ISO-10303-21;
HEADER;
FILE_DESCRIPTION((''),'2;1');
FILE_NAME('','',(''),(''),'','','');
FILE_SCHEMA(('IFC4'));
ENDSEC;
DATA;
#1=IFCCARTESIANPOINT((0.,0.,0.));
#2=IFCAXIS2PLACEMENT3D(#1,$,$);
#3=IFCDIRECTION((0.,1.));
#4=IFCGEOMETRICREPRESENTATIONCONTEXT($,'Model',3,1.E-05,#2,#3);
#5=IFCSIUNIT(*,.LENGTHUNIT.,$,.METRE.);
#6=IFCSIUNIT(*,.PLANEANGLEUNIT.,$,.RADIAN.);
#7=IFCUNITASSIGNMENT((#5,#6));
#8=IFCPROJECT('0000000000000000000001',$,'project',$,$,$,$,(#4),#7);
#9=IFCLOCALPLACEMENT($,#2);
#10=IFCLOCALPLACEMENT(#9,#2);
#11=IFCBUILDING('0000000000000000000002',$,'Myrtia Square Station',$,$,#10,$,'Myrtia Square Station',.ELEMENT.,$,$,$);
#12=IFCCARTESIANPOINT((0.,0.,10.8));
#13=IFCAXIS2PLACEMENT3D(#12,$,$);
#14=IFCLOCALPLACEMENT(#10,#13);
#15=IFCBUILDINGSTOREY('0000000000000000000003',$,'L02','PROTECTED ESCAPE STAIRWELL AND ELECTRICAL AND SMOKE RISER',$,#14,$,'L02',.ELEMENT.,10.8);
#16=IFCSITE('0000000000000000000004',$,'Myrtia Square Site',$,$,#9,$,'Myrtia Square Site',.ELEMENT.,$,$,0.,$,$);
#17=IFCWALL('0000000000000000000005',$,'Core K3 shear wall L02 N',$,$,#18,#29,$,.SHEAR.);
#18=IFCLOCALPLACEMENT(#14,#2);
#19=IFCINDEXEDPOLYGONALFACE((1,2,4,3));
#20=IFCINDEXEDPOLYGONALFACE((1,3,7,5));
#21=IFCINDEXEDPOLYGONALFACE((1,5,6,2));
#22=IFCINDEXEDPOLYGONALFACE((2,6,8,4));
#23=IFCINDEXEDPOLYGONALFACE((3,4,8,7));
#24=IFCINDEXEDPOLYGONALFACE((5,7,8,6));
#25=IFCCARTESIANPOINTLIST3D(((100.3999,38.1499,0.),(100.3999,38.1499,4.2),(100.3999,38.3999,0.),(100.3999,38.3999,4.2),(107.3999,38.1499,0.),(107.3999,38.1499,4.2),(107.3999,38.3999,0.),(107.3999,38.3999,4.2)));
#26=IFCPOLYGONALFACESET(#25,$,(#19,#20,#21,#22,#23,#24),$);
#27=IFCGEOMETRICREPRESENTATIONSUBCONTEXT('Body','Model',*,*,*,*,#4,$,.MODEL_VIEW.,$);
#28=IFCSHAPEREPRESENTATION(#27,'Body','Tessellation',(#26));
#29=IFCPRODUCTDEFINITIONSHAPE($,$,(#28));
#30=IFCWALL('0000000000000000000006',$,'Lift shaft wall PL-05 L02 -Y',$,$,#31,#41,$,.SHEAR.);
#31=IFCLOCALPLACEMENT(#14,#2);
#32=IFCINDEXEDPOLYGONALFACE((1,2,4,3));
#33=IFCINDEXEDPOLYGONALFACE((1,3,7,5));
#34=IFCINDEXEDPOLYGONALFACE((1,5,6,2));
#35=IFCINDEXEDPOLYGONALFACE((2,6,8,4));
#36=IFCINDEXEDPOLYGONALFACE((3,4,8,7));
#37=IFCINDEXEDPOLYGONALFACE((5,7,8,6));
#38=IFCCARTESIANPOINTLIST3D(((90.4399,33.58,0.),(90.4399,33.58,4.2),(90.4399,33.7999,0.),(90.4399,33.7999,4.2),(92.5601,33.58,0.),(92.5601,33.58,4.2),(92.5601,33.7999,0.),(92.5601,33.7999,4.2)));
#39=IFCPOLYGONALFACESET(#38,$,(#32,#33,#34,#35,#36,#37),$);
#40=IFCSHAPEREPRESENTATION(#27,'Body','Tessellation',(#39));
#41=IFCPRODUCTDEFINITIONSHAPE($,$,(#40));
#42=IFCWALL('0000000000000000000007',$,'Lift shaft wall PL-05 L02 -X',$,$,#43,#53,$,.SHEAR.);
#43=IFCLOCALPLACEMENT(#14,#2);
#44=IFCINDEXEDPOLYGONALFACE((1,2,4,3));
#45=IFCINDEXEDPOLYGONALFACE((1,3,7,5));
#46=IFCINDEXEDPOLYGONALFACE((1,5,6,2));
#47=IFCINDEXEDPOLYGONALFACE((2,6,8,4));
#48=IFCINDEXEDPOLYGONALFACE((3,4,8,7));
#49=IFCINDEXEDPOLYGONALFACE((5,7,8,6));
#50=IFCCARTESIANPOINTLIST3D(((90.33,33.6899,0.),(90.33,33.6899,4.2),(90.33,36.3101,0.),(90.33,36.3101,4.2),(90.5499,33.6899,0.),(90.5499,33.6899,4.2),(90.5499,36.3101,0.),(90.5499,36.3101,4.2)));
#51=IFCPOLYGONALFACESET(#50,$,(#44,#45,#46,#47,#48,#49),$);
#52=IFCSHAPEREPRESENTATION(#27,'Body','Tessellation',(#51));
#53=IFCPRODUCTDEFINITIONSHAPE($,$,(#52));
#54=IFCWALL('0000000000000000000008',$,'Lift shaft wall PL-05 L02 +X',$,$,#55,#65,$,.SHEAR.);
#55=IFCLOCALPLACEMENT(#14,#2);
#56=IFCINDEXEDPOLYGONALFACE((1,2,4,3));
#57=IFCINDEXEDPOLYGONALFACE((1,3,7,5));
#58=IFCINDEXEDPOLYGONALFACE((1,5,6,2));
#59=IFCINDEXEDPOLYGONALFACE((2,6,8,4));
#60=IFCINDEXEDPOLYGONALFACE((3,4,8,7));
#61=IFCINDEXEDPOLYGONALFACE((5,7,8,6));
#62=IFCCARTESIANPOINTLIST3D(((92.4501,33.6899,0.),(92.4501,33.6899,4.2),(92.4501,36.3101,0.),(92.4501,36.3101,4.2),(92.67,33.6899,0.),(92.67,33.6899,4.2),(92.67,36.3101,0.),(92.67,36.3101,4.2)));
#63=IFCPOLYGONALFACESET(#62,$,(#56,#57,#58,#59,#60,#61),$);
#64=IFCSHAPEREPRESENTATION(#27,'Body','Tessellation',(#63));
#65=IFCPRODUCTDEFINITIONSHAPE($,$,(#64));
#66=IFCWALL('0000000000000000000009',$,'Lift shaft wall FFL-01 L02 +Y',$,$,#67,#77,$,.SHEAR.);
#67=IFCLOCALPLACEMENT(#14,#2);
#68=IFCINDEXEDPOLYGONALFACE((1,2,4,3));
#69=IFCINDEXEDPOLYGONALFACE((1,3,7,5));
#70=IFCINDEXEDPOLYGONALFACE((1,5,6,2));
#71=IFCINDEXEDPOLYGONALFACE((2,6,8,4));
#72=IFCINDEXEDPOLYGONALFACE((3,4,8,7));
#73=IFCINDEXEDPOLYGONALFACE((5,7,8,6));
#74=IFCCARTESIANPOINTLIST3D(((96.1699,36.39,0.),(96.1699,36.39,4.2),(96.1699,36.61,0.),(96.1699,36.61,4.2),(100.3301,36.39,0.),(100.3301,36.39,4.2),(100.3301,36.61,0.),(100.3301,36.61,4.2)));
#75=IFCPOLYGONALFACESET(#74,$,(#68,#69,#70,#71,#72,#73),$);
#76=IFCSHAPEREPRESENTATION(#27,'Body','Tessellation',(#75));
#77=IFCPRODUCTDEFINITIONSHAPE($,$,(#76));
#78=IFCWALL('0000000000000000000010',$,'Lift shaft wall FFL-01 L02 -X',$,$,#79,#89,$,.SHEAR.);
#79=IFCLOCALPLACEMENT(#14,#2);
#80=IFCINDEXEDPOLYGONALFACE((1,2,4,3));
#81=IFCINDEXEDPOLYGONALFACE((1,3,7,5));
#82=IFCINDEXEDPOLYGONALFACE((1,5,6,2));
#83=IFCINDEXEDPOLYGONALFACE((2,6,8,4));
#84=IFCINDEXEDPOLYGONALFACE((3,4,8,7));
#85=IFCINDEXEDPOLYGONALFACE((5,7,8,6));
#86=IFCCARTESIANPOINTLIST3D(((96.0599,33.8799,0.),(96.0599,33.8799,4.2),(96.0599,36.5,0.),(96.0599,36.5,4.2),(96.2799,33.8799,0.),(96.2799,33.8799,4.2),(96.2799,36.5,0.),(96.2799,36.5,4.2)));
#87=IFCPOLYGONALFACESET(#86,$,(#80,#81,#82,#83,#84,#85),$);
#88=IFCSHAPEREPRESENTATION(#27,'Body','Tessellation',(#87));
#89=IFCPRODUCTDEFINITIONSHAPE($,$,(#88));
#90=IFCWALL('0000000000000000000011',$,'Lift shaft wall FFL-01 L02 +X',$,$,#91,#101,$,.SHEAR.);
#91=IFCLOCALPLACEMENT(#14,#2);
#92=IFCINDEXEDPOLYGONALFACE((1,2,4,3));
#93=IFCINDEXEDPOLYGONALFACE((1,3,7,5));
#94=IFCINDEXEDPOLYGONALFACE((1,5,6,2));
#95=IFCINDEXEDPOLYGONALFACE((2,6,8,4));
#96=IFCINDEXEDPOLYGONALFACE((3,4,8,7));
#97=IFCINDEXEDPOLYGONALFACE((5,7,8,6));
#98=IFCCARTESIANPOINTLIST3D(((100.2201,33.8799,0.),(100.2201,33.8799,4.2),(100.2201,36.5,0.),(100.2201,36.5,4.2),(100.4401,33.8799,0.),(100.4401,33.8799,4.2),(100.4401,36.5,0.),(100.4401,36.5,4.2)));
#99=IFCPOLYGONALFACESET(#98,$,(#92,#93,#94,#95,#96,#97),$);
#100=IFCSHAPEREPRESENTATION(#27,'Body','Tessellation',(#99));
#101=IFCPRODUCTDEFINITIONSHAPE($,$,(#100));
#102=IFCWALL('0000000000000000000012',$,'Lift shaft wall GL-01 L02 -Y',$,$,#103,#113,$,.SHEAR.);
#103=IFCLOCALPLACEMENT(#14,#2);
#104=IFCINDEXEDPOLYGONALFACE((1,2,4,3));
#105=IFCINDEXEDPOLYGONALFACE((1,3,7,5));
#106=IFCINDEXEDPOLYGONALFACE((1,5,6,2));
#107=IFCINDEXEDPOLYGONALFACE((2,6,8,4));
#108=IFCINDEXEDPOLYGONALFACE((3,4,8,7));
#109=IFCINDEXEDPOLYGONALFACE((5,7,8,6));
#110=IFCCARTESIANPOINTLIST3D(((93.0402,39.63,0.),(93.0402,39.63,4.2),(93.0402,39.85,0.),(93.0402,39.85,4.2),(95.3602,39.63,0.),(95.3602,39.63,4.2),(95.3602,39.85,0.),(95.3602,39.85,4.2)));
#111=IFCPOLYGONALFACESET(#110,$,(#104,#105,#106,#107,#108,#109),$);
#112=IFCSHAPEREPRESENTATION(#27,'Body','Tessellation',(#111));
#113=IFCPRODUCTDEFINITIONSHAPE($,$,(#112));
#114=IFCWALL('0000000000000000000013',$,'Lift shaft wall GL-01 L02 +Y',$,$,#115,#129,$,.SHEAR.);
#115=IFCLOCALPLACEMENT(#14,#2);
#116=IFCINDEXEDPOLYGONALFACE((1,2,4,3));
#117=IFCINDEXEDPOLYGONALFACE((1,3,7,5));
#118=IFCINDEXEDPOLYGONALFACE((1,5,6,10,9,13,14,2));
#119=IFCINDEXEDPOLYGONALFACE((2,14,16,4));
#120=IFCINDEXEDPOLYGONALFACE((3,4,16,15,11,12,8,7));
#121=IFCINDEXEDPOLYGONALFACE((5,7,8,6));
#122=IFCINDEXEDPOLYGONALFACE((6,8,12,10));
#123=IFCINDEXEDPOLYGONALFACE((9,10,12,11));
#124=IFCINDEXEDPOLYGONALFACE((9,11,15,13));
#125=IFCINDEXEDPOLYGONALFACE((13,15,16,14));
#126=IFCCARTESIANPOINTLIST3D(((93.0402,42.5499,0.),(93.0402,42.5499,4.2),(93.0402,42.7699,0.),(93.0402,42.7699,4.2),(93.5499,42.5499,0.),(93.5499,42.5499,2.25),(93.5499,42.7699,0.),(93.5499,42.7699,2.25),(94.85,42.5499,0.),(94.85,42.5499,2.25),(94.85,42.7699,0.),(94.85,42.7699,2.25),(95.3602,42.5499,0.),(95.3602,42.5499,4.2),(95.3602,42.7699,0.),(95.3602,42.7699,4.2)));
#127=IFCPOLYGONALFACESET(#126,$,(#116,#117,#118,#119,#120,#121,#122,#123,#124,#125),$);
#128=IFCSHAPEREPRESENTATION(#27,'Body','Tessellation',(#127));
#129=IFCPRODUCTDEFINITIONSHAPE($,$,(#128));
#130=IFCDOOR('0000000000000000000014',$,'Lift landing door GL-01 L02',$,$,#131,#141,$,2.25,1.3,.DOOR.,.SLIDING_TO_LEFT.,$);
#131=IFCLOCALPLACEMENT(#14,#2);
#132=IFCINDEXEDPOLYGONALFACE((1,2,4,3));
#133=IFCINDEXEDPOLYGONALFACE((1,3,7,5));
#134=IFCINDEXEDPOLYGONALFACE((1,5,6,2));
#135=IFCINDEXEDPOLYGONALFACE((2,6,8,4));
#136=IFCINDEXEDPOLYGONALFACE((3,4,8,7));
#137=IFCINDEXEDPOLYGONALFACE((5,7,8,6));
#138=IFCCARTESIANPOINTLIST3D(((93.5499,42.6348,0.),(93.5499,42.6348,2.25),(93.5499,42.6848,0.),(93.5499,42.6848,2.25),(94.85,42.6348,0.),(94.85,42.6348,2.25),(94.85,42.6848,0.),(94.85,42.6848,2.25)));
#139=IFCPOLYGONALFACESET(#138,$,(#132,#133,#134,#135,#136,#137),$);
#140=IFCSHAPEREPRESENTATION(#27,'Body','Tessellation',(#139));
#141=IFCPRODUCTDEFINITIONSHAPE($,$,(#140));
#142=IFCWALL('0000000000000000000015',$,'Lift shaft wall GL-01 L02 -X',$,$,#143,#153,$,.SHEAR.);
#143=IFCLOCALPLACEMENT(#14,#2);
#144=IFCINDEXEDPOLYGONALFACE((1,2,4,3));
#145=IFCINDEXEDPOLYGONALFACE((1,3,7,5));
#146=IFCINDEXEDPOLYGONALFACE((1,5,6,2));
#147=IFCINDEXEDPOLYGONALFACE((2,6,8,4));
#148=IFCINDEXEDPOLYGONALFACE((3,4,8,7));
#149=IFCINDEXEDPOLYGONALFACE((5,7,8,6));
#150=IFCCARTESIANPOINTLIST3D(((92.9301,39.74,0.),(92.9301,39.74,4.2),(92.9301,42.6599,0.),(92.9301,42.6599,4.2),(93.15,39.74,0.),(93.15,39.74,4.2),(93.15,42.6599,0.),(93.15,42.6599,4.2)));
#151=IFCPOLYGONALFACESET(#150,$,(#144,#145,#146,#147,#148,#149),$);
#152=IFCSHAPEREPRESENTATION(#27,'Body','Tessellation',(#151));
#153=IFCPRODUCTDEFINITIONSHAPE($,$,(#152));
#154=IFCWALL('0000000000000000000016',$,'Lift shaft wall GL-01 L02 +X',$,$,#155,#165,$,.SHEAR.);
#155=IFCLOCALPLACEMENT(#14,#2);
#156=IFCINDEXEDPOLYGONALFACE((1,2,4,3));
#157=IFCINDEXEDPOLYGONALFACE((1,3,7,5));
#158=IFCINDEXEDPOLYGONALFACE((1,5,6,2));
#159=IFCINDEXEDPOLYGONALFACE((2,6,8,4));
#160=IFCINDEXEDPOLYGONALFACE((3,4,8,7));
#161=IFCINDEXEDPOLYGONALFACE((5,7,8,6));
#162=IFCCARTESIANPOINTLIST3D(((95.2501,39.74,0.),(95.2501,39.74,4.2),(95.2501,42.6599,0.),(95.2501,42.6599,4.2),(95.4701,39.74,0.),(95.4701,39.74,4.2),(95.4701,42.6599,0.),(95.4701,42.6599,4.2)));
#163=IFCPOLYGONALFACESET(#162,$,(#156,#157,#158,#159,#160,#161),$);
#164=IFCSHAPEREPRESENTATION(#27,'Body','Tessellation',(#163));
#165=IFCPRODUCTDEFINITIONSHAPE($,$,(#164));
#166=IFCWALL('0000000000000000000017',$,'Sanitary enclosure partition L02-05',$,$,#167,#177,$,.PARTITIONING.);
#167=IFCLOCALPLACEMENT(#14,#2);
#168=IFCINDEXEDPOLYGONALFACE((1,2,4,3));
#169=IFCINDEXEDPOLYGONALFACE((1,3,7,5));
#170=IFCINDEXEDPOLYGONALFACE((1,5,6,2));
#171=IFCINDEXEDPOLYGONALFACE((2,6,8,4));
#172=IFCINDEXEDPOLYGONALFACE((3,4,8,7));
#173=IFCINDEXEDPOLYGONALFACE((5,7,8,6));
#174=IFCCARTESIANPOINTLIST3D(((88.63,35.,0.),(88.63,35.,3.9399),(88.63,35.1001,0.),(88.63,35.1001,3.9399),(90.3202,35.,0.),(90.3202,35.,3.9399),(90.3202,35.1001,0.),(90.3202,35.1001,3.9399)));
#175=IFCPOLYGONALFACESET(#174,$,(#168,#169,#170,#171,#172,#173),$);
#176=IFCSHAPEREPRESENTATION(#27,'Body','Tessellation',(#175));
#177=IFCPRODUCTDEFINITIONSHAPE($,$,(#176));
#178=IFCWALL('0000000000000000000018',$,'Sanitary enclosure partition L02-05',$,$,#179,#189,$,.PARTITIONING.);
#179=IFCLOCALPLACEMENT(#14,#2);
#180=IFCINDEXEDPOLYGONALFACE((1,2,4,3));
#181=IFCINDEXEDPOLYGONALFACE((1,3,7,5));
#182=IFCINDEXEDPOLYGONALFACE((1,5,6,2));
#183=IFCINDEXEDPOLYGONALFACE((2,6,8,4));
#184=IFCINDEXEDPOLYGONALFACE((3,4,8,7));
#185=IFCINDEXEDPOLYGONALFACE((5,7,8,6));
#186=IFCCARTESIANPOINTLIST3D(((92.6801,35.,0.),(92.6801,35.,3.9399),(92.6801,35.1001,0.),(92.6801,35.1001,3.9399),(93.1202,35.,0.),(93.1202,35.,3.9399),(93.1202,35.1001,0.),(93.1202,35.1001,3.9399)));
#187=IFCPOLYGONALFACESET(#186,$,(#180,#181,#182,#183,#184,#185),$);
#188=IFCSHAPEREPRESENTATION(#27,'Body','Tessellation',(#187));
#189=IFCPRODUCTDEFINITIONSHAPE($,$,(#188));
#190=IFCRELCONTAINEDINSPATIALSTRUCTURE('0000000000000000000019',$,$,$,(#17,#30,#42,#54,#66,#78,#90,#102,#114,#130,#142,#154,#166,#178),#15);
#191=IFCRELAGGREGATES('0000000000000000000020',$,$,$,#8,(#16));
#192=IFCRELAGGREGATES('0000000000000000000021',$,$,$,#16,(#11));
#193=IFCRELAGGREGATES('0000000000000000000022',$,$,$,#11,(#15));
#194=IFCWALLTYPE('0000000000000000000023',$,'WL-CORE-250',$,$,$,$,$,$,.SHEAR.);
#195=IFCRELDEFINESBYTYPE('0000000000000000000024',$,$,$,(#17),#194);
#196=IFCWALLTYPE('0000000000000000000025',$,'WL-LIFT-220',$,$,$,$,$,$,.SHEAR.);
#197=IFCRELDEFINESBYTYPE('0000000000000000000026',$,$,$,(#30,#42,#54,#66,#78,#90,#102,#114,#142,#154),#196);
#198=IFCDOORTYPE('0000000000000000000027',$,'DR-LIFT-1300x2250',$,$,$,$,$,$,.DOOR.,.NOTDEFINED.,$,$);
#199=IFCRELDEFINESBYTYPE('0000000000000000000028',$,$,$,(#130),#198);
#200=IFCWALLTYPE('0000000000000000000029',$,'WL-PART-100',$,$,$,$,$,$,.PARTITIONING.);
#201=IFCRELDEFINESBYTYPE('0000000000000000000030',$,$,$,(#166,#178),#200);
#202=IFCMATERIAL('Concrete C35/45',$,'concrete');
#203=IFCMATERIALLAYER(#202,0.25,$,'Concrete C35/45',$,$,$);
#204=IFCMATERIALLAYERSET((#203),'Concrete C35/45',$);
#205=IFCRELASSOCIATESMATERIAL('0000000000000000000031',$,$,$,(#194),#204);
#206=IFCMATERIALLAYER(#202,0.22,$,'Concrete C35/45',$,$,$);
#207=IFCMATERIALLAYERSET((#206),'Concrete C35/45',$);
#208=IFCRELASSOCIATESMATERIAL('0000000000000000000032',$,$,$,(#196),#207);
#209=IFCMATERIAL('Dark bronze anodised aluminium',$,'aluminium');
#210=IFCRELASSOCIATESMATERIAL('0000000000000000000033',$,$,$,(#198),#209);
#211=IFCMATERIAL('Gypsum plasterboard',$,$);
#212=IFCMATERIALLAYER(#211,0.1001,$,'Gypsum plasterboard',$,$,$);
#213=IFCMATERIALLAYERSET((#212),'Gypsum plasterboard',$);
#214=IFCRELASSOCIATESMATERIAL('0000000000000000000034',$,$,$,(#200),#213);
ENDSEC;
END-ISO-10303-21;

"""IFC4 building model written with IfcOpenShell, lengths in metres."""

from ifc_helpers import new_model, si_unit, direction, frame, frame_2d, origin, place, context, subcontext, project, spatial, rectangle, extrude, material, layer, layer_set, type_object, element, fill, save


model = new_model("IFC4")

# Units and contexts
model_context = context("Model", 3, precision=1e-05, world=origin(), true_north=direction((0.0, 1.0)))
body_context = subcontext(model_context, "Body", "Model", "MODEL_VIEW")
ifc_project = project(units=[si_unit("LENGTHUNIT", "METRE"), si_unit("PLANEANGLEUNIT", "RADIAN")], contexts=[model_context])

# Site, building, storey
site_placement = place(None, origin())
site = spatial("IfcSite", under=ifc_project, at=site_placement, Name="Myrtia Square Site", LongName="Myrtia Square Site", CompositionType="ELEMENT", RefElevation=0.0)
building_placement = place(site_placement, origin())
building = spatial("IfcBuilding", under=site, at=building_placement, Name="Myrtia Square Station", LongName="Myrtia Square Station", CompositionType="ELEMENT")
storey_placement = place(building_placement, frame((0.0, 0.0, 10.8)))
storey = spatial("IfcBuildingStorey", under=building, at=storey_placement, Name="L02", Description="PROTECTED ESCAPE STAIRWELL AND ELECTRICAL AND SMOKE RISER", LongName="L02", CompositionType="ELEMENT", Elevation=10.8)

# Walls
ifc_material_1 = material(Name="Concrete C35/45", Category="concrete")
ifc_layer_1 = layer(ifc_material_1, 0.25, Name="Concrete C35/45")
ifc_layer_set_1 = layer_set([ifc_layer_1], Name="Concrete C35/45")
wall_type_1 = type_object("IfcWallType", Name="WL-CORE-250", PredefinedType="SHEAR", material=ifc_layer_set_1)
wall_1_placement = place(storey_placement, frame((100.3999, 38.2749, 0.0), z_axis=(0.0, 0.0, 1.0), x_axis=(1.0, 0.0, 0.0)))
element("IfcWall", 1, at=wall_1_placement, inside=storey, type_object=wall_type_1, Name="Core K3 shear wall L02 N", PredefinedType="SHEAR", context=body_context, shape_type="SweptSolid", body=[
    extrude(rectangle(XDim=7.0, YDim=0.25, at=frame_2d((3.5, 0.0))), origin(), (0.0, 0.0, 1.0), 4.2),
])
ifc_layer_2 = layer(ifc_material_1, 0.22, Name="Concrete C35/45")
ifc_layer_set_2 = layer_set([ifc_layer_2], Name="Concrete C35/45")
wall_type_2 = type_object("IfcWallType", Name="WL-LIFT-220", PredefinedType="SHEAR", material=ifc_layer_set_2)
wall_2_placement = place(storey_placement, frame((90.4399, 33.6899, 0.0), z_axis=(0.0, 0.0, 1.0), x_axis=(1.0, 0.0, 0.0)))
element("IfcWall", 2, at=wall_2_placement, inside=storey, type_object=wall_type_2, Name="Lift shaft wall PL-05 L02 -Y", PredefinedType="SHEAR", context=body_context, shape_type="SweptSolid", body=[
    extrude(rectangle(XDim=2.1201, YDim=0.22, at=frame_2d((1.0601, 0.0))), origin(), (0.0, 0.0, 1.0), 4.2),
])

# Shared definitions
ifc_material_2 = material(Name="Dark bronze anodised aluminium", Category="aluminium")

# Walls
for number, where, z_axis, x_axis, name in (
    (3, (90.4399, 33.6899, 0.0), (0.0, 0.0, 1.0), (0.0, 1.0, 0.0), "Lift shaft wall PL-05 L02 -X"),
    (4, (92.5601, 33.6899, 0.0), (0.0, 0.0, 1.0), (0.0, 1.0, 0.0), "Lift shaft wall PL-05 L02 +X"),
):
    element("IfcWall", number, at=place(storey_placement, frame(where, z_axis=z_axis, x_axis=x_axis)), inside=storey, type_object=wall_type_2, Name=name, PredefinedType="SHEAR", context=body_context, shape_type="SweptSolid", body=[
        extrude(rectangle(XDim=2.6201, YDim=0.22, at=frame_2d((1.3101, 0.0))), origin(), (0.0, 0.0, 1.0), 4.2),
    ])

# Walls
wall_3_placement = place(storey_placement, frame((96.1699, 36.5, 0.0), z_axis=(0.0, 0.0, 1.0), x_axis=(1.0, 0.0, 0.0)))
element("IfcWall", 5, at=wall_3_placement, inside=storey, type_object=wall_type_2, Name="Lift shaft wall FFL-01 L02 +Y", PredefinedType="SHEAR", context=body_context, shape_type="SweptSolid", body=[
    extrude(rectangle(XDim=4.1602, YDim=0.22, at=frame_2d((2.0801, 0.0))), origin(), (0.0, 0.0, 1.0), 4.2),
])
for number, where, z_axis, x_axis, name in (
    (6, (96.1699, 33.8799, 0.0), (0.0, 0.0, 1.0), (0.0, 1.0, 0.0), "Lift shaft wall FFL-01 L02 -X"),
    (7, (100.3301, 33.8799, 0.0), (0.0, 0.0, 1.0), (0.0, 1.0, 0.0), "Lift shaft wall FFL-01 L02 +X"),
):
    element("IfcWall", number, at=place(storey_placement, frame(where, z_axis=z_axis, x_axis=x_axis)), inside=storey, type_object=wall_type_2, Name=name, PredefinedType="SHEAR", context=body_context, shape_type="SweptSolid", body=[
        extrude(rectangle(XDim=2.6201, YDim=0.22, at=frame_2d((1.3101, 0.0))), origin(), (0.0, 0.0, 1.0), 4.2),
    ])
wall_4_placement = place(storey_placement, frame((93.04, 39.74, 0.0), z_axis=(0.0, 0.0, 1.0), x_axis=(1.0, 0.0, 0.0)))
element("IfcWall", 8, at=wall_4_placement, inside=storey, type_object=wall_type_2, Name="Lift shaft wall GL-01 L02 -Y", PredefinedType="SHEAR", context=body_context, shape_type="SweptSolid", body=[
    extrude(rectangle(XDim=2.3201, YDim=0.22, at=frame_2d((1.1602, 0.0))), origin(), (0.0, 0.0, 1.0), 4.2),
])

# Wall, opening, door
wall_5_placement = place(storey_placement, frame((93.04, 42.6599, 0.0), z_axis=(0.0, 0.0, 1.0), x_axis=(1.0, 0.0, 0.0)))
wall_5 = element("IfcWall", 9, at=wall_5_placement, inside=storey, type_object=wall_type_2, Name="Lift shaft wall GL-01 L02 +Y", PredefinedType="SHEAR", context=body_context, shape_type="SweptSolid", body=[
    extrude(rectangle(XDim=2.3201, YDim=0.22, at=frame_2d((1.1602, 0.0))), origin(), (0.0, 0.0, 1.0), 4.2),
])
opening_1_placement = place(wall_5_placement, frame((0.51, 0.0, 0.0)))
opening_1 = element("IfcOpeningElement", 10, at=opening_1_placement, cuts=wall_5, PredefinedType="OPENING", context=body_context, shape_type="SweptSolid", body=[
    extrude(rectangle(XDim=1.3, YDim=2.25, at=frame_2d((0.6499, 1.125))), frame((0.0, 0.125, 0.0), z_axis=(0.0, -1.0, 0.0), x_axis=(1.0, 0.0, 0.0)), (0.0, 0.0, 1.0), 0.25),
])
door_type_1 = type_object("IfcDoorType", Name="DR-LIFT-1300x2250", OperationType="NOTDEFINED", PredefinedType="DOOR", material=ifc_material_2)
door_1_placement = place(opening_1_placement, origin())
door_1 = element("IfcDoor", 11, at=door_1_placement, inside=storey, type_object=door_type_1, Name="Lift landing door GL-01 L02", OperationType="SLIDING_TO_LEFT", OverallHeight=2.25, OverallWidth=1.3, PredefinedType="DOOR", context=body_context, shape_type="SweptSolid", body=[
    extrude(rectangle(XDim=1.3, YDim=2.25, at=frame_2d((0.6499, 1.125))), frame((0.0, 0.0249, 0.0), z_axis=(0.0, -1.0, 0.0), x_axis=(1.0, 0.0, 0.0)), (0.0, 0.0, 1.0), 0.05),
])
fill(opening_1, door_1)

# Walls
for number, where, z_axis, x_axis, name in (
    (12, (93.04, 39.74, 0.0), (0.0, 0.0, 1.0), (0.0, 1.0, 0.0), "Lift shaft wall GL-01 L02 -X"),
    (13, (95.3601, 39.74, 0.0), (0.0, 0.0, 1.0), (0.0, 1.0, 0.0), "Lift shaft wall GL-01 L02 +X"),
):
    element("IfcWall", number, at=place(storey_placement, frame(where, z_axis=z_axis, x_axis=x_axis)), inside=storey, type_object=wall_type_2, Name=name, PredefinedType="SHEAR", context=body_context, shape_type="SweptSolid", body=[
        extrude(rectangle(XDim=2.9199, YDim=0.22, at=frame_2d((1.46, 0.0))), origin(), (0.0, 0.0, 1.0), 4.2),
    ])
ifc_material_3 = material(Name="Gypsum plasterboard")
ifc_layer_3 = layer(ifc_material_3, 0.1001, Name="Gypsum plasterboard")
ifc_layer_set_3 = layer_set([ifc_layer_3], Name="Gypsum plasterboard")
wall_type_3 = type_object("IfcWallType", Name="WL-PART-100", PredefinedType="PARTITIONING", material=ifc_layer_set_3)
wall_6_placement = place(storey_placement, frame((88.6299, 35.05, 0.0), z_axis=(0.0, 0.0, 1.0), x_axis=(1.0, 0.0, 0.0)))
element("IfcWall", 14, at=wall_6_placement, inside=storey, type_object=wall_type_3, Name="Sanitary enclosure partition L02-05", PredefinedType="PARTITIONING", context=body_context, shape_type="SweptSolid", body=[
    extrude(rectangle(XDim=1.6902, YDim=0.1001, at=frame_2d((0.8452, 0.0))), origin(), (0.0, 0.0, 1.0), 3.9399),
])
wall_7_placement = place(storey_placement, frame((92.6799, 35.05, 0.0), z_axis=(0.0, 0.0, 1.0), x_axis=(1.0, 0.0, 0.0)))
element("IfcWall", 15, at=wall_7_placement, inside=storey, type_object=wall_type_3, Name="Sanitary enclosure partition L02-05", PredefinedType="PARTITIONING", context=body_context, shape_type="SweptSolid", body=[
    extrude(rectangle(XDim=0.4402, YDim=0.1001, at=frame_2d((0.2202, 0.0))), origin(), (0.0, 0.0, 1.0), 3.9399),
])

save(model, "model.ifc")
